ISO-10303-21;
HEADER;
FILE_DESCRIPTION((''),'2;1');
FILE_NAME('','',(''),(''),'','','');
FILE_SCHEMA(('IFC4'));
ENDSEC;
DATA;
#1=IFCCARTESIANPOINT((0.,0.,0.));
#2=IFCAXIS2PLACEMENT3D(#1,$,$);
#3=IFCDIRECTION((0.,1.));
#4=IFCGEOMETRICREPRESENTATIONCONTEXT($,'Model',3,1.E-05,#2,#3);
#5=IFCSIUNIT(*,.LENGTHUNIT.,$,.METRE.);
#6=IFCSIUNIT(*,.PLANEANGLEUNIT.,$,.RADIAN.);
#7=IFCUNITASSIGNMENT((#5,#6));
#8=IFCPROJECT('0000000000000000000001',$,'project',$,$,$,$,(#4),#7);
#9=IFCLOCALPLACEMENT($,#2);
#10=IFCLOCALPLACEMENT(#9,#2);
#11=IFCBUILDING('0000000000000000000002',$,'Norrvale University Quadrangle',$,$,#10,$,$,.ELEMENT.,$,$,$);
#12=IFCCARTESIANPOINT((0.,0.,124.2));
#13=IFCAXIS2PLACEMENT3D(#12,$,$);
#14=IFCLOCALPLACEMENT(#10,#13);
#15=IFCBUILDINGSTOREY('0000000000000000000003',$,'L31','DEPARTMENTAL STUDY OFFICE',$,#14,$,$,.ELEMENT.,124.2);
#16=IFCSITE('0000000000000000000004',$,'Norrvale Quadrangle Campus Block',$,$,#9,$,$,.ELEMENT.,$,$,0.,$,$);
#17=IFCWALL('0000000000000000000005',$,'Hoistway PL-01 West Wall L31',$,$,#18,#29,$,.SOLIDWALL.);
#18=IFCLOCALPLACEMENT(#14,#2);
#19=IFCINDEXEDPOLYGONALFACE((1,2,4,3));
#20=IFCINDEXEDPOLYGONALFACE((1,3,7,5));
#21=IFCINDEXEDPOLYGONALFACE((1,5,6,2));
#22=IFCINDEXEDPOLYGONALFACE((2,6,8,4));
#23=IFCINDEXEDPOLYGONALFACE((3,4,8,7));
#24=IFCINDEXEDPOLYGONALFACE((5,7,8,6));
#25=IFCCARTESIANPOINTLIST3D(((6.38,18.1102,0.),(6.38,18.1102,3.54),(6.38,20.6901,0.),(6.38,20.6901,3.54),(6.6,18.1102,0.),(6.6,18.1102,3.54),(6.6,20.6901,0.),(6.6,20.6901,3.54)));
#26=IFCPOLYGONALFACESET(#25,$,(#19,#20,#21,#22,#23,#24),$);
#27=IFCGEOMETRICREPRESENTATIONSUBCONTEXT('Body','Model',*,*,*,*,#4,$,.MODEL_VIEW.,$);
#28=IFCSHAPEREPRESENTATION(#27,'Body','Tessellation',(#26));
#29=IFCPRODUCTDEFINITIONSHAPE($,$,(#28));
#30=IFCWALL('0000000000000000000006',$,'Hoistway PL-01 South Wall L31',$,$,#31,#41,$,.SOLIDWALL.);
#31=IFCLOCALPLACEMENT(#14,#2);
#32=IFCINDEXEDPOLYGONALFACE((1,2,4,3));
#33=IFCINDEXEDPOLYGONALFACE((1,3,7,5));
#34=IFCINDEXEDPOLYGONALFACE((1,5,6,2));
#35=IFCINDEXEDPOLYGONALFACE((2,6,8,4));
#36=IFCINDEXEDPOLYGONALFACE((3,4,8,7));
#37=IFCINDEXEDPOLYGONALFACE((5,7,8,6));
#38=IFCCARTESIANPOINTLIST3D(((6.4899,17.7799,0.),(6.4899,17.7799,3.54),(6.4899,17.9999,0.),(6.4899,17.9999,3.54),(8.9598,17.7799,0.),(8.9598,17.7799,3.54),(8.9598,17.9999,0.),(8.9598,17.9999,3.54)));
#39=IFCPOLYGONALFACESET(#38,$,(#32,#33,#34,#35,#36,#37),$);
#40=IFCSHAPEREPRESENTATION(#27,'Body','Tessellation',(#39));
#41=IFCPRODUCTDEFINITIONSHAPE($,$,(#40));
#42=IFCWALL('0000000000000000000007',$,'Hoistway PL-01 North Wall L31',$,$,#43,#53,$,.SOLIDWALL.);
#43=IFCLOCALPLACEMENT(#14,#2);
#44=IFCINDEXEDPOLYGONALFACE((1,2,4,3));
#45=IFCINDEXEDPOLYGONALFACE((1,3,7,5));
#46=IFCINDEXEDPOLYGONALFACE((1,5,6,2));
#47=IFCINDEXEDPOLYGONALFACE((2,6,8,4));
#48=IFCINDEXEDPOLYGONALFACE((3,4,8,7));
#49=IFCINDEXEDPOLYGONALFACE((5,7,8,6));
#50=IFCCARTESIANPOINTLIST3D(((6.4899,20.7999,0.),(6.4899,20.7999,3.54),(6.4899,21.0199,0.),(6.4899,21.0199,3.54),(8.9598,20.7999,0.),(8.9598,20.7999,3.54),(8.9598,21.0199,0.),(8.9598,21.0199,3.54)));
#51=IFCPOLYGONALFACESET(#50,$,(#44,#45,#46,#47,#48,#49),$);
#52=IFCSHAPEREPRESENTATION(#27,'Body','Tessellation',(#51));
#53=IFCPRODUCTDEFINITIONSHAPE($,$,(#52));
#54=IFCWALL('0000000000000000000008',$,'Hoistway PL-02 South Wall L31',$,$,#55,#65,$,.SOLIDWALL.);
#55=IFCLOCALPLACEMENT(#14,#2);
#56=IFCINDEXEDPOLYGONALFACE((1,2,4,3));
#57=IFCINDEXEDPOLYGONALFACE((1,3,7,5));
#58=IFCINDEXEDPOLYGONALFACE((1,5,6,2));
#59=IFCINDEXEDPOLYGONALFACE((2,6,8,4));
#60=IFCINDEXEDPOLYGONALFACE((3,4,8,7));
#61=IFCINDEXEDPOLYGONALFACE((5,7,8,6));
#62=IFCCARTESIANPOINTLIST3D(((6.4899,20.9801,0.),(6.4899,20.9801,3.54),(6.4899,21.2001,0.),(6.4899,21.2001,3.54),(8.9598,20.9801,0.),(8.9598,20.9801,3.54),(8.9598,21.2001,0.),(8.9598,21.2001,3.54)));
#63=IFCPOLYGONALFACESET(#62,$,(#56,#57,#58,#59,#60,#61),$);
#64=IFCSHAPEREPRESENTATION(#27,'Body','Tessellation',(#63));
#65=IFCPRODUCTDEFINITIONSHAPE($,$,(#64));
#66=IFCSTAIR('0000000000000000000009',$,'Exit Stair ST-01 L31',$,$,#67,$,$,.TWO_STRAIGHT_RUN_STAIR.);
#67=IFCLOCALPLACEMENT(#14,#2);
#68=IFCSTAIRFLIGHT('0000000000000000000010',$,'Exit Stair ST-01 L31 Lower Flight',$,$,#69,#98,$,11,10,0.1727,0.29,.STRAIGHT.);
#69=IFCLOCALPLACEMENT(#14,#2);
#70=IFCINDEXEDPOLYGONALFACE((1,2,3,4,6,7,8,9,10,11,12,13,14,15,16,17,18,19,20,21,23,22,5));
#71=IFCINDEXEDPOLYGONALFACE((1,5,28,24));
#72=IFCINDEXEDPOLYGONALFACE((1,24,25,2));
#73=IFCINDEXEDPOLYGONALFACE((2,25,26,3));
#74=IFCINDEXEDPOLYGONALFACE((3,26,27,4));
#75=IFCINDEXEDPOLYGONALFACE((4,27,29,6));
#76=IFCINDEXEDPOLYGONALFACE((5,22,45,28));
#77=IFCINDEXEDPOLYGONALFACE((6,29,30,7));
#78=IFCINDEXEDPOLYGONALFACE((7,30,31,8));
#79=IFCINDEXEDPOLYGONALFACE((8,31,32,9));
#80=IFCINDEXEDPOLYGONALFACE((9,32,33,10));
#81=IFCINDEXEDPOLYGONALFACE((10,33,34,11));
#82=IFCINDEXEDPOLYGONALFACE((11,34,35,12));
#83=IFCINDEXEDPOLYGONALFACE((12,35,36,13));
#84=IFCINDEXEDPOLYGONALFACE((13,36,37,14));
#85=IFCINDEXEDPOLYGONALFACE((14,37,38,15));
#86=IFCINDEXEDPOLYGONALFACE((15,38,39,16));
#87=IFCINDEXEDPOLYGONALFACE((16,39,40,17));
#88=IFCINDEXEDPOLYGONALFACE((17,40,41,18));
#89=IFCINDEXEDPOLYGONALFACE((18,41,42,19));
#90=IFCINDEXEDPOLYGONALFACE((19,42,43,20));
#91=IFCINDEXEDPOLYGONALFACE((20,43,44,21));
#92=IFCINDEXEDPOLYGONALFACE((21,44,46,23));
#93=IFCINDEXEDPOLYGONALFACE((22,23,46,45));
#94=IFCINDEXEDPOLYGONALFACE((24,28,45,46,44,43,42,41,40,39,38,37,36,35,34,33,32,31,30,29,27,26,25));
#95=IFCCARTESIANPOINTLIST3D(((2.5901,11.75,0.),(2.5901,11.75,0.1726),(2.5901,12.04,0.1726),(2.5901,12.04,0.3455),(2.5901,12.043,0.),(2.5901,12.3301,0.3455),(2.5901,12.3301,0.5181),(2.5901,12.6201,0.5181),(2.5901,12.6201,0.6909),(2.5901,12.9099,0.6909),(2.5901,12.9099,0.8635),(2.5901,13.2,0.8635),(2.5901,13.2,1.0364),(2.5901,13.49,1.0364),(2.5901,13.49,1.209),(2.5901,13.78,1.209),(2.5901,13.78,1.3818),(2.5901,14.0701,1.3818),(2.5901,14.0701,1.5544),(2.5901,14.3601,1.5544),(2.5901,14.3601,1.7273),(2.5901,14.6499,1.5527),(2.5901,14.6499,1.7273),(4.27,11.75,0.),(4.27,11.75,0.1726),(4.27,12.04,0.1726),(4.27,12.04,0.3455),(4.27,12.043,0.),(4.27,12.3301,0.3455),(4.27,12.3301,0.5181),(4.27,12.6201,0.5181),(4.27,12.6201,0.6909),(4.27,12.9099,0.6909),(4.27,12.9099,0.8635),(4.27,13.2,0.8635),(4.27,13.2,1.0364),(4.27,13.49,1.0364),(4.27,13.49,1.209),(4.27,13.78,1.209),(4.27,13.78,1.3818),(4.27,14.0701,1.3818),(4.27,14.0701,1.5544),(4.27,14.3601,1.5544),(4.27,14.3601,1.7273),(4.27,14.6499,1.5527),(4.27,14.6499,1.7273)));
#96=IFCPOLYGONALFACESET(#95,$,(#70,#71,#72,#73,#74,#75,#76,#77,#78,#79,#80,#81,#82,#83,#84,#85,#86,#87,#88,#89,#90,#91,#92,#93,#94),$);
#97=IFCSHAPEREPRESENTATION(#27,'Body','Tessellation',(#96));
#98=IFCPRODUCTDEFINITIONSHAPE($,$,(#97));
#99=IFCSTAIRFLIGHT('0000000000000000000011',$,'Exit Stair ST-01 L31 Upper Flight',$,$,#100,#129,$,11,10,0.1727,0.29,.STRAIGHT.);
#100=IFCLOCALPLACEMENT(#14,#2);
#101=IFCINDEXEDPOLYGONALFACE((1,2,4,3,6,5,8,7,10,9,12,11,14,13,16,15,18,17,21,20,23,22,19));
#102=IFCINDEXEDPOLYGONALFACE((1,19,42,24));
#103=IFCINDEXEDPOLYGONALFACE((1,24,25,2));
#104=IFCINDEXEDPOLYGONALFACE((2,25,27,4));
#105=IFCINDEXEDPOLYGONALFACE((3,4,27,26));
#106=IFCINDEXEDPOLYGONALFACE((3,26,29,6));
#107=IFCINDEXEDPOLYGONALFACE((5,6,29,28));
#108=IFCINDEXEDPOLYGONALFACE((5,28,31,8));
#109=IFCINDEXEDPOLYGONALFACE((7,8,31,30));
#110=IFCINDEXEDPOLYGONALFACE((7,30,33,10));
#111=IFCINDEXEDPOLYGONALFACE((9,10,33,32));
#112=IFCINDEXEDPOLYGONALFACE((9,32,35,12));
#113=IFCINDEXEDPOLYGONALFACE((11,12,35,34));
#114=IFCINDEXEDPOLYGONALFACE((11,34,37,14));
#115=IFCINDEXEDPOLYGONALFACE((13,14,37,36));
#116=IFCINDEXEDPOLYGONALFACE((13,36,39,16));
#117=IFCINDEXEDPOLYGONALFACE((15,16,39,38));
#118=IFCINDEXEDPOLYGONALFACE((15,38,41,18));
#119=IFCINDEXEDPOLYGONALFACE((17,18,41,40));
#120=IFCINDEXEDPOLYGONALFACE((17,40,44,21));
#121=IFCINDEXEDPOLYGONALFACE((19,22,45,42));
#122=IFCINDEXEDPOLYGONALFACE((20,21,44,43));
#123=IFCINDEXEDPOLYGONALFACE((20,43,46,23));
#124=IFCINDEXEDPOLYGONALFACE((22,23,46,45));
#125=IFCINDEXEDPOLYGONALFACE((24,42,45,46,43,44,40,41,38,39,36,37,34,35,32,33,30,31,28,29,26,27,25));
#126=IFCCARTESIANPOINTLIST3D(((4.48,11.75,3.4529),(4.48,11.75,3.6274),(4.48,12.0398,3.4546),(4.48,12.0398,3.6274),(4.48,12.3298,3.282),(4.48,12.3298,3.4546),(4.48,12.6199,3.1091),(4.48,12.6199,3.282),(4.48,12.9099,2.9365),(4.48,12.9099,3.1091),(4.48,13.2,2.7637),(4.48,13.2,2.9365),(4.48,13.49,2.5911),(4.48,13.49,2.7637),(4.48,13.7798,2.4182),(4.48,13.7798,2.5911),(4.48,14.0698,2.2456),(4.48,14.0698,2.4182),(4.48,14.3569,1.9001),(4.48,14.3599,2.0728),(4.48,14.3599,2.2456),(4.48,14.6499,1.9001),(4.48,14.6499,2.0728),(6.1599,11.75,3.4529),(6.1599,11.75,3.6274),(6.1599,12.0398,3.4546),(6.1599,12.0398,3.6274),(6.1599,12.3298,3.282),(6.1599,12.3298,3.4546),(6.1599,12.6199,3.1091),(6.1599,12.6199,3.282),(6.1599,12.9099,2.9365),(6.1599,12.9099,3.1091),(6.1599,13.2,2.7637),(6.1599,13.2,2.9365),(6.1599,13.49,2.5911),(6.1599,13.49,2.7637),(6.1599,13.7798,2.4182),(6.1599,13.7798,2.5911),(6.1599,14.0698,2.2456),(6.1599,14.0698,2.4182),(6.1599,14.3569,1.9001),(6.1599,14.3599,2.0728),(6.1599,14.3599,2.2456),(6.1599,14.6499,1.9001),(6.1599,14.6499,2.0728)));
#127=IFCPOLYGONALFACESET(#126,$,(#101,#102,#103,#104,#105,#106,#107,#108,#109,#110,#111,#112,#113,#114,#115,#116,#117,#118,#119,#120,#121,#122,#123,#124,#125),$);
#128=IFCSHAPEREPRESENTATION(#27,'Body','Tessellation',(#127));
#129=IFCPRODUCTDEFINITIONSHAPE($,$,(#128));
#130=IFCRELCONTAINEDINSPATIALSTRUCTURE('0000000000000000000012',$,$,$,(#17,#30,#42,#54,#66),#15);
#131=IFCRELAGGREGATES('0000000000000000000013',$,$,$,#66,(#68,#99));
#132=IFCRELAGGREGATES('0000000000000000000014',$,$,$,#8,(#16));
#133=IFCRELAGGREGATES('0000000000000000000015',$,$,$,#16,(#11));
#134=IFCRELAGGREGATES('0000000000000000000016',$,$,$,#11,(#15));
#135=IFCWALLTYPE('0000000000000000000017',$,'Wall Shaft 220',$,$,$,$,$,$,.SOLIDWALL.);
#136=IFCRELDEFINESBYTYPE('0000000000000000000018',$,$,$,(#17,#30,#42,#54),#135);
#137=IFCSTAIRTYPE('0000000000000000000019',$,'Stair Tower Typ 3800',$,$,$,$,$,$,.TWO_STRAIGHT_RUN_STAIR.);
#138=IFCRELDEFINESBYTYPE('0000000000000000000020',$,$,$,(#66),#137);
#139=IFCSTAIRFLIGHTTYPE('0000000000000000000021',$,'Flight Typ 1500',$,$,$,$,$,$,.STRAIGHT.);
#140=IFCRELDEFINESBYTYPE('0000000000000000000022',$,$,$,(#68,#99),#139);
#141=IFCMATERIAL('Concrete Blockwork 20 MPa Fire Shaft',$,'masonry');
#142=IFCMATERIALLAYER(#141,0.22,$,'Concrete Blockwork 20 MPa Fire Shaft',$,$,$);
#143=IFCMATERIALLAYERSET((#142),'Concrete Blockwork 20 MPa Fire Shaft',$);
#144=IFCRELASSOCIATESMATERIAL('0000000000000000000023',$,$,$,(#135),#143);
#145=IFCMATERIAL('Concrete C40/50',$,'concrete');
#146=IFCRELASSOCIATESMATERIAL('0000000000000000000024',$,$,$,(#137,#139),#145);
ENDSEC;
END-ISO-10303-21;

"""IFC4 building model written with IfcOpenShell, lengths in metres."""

from ifc_helpers import new_model, si_unit, direction, frame, frame_2d, origin, place, context, subcontext, project, spatial, polyline, rectangle, outline, extrude, material, layer, layer_set, type_object, element, aggregate, save


model = new_model("IFC4")

# Units and contexts
model_context = context("Model", 3, precision=1e-05, world=origin(), true_north=direction((0.0, 1.0)))
body_context = subcontext(model_context, "Body", "Model", "MODEL_VIEW")
ifc_project = project(units=[si_unit("LENGTHUNIT", "METRE"), si_unit("PLANEANGLEUNIT", "RADIAN")], contexts=[model_context])

# Site, building, storey
site_placement = place(None, origin())
site = spatial("IfcSite", under=ifc_project, at=site_placement, Name="Norrvale Quadrangle Campus Block", CompositionType="ELEMENT", RefElevation=0.0)
building_placement = place(site_placement, origin())
building = spatial("IfcBuilding", under=site, at=building_placement, Name="Norrvale University Quadrangle", CompositionType="ELEMENT")
storey_placement = place(building_placement, frame((0.0, 0.0, 124.2)))
storey = spatial("IfcBuildingStorey", under=building, at=storey_placement, Name="L31", Description="DEPARTMENTAL STUDY OFFICE", CompositionType="ELEMENT", Elevation=124.2)

# Walls
ifc_material_1 = material(Name="Concrete Blockwork 20 MPa Fire Shaft", Category="masonry")
ifc_layer_1 = layer(ifc_material_1, 0.22, Name="Concrete Blockwork 20 MPa Fire Shaft")
ifc_layer_set_1 = layer_set([ifc_layer_1], Name="Concrete Blockwork 20 MPa Fire Shaft")
wall_type_1 = type_object("IfcWallType", Name="Wall Shaft 220", PredefinedType="SOLIDWALL", material=ifc_layer_set_1)
wall_1_placement = place(storey_placement, frame((6.49, 18.1101, 0.0), z_axis=(0.0, 0.0, 1.0), x_axis=(0.0, 1.0, 0.0)))
element("IfcWall", 1, at=wall_1_placement, inside=storey, type_object=wall_type_1, Name="Hoistway PL-01 West Wall L31", PredefinedType="SOLIDWALL", context=body_context, shape_type="SweptSolid", body=[
    extrude(rectangle(XDim=2.5798, YDim=0.22, at=frame_2d((1.29, 0.0))), origin(), (0.0, 0.0, 1.0), 3.54),
])
for number, where, z_axis, x_axis, name in (
    (2, (6.49, 17.8899, 0.0), (0.0, 0.0, 1.0), (1.0, 0.0, 0.0), "Hoistway PL-01 South Wall L31"),
    (3, (6.49, 20.9099, 0.0), (0.0, 0.0, 1.0), (1.0, 0.0, 0.0), "Hoistway PL-01 North Wall L31"),
    (4, (6.49, 21.0901, 0.0), (0.0, 0.0, 1.0), (1.0, 0.0, 0.0), "Hoistway PL-02 South Wall L31"),
):
    element("IfcWall", number, at=place(storey_placement, frame(where, z_axis=z_axis, x_axis=x_axis)), inside=storey, type_object=wall_type_1, Name=name, PredefinedType="SOLIDWALL", context=body_context, shape_type="SweptSolid", body=[
        extrude(rectangle(XDim=2.47, YDim=0.22, at=frame_2d((1.2349, 0.0))), origin(), (0.0, 0.0, 1.0), 3.54),
    ])

# Stair, stair flights
ifc_material_2 = material(Name="Concrete C40/50", Category="concrete")
stair_type = type_object("IfcStairType", Name="Stair Tower Typ 3800", PredefinedType="TWO_STRAIGHT_RUN_STAIR", material=ifc_material_2)
stair_placement = place(storey_placement, origin())
stair = element("IfcStair", 5, at=stair_placement, inside=storey, type_object=stair_type, Name="Exit Stair ST-01 L31", PredefinedType="TWO_STRAIGHT_RUN_STAIR")
stair_flight_type = type_object("IfcStairFlightType", Name="Flight Typ 1500", PredefinedType="STRAIGHT", material=ifc_material_2)
stair_flight_1_placement = place(storey_placement, frame((3.4299, 11.75, 0.0), z_axis=(0.0, 0.0, 1.0), x_axis=(0.0, 1.0, 0.0)))
stair_flight_1 = element("IfcStairFlight", 6, at=stair_flight_1_placement, type_object=stair_flight_type, Name="Exit Stair ST-01 L31 Lower Flight", NumberOfRisers=11, NumberOfTreads=10, PredefinedType="STRAIGHT", RiserHeight=0.1727, TreadLength=0.29, context=body_context, shape_type="SweptSolid", body=[
    extrude(outline(polyline([(0.0, 0.0), (0.0, 0.1726), (0.29, 0.1726), (0.29, 0.3455), (0.5801, 0.3455), (0.5801, 0.5181), (0.8701, 0.5181), (0.8701, 0.6909), (1.1599, 0.6909), (1.1599, 0.8635), (1.45, 0.8635), (1.45, 1.0364), (1.74, 1.0364), (1.74, 1.209), (2.03, 1.209), (2.03, 1.3818), (2.3201, 1.3818), (2.3201, 1.5544), (2.6101, 1.5544), (2.6101, 1.7273), (2.8999, 1.7273), (2.8999, 1.8999), (2.8999, 1.5527), (0.293, 0.0), (0.0, 0.0)])), frame((0.0, 0.8398, 0.0), z_axis=(0.0, -1.0, 0.0), x_axis=(1.0, 0.0, 0.0)), (0.0, 0.0, 1.0), 1.6799),
])
stair_flight_2_placement = place(storey_placement, frame((5.3201, 14.6499, 1.9001), z_axis=(0.0, 0.0, 1.0), x_axis=(0.0, -1.0, 0.0)))
stair_flight_2 = element("IfcStairFlight", 7, at=stair_flight_2_placement, type_object=stair_flight_type, Name="Exit Stair ST-01 L31 Upper Flight", NumberOfRisers=11, NumberOfTreads=10, PredefinedType="STRAIGHT", RiserHeight=0.1727, TreadLength=0.29, context=body_context, shape_type="SweptSolid", body=[
    extrude(outline(polyline([(0.0, 0.0), (0.0, 0.1726), (0.29, 0.1726), (0.29, 0.3455), (0.5801, 0.3455), (0.5801, 0.5181), (0.8701, 0.5181), (0.8701, 0.6909), (1.1599, 0.6909), (1.1599, 0.8635), (1.45, 0.8635), (1.45, 1.0364), (1.74, 1.0364), (1.74, 1.209), (2.03, 1.209), (2.03, 1.3818), (2.3201, 1.3818), (2.3201, 1.5544), (2.6101, 1.5544), (2.6101, 1.7273), (2.8999, 1.7273), (2.8999, 1.8999), (2.8999, 1.5527), (0.293, 0.0), (0.0, 0.0)])), frame((0.0, 0.8398, 0.0), z_axis=(0.0, -1.0, 0.0), x_axis=(1.0, 0.0, 0.0)), (0.0, 0.0, 1.0), 1.6799),
])
aggregate(stair, [stair_flight_1, stair_flight_2])

save(model, "model.ifc")
